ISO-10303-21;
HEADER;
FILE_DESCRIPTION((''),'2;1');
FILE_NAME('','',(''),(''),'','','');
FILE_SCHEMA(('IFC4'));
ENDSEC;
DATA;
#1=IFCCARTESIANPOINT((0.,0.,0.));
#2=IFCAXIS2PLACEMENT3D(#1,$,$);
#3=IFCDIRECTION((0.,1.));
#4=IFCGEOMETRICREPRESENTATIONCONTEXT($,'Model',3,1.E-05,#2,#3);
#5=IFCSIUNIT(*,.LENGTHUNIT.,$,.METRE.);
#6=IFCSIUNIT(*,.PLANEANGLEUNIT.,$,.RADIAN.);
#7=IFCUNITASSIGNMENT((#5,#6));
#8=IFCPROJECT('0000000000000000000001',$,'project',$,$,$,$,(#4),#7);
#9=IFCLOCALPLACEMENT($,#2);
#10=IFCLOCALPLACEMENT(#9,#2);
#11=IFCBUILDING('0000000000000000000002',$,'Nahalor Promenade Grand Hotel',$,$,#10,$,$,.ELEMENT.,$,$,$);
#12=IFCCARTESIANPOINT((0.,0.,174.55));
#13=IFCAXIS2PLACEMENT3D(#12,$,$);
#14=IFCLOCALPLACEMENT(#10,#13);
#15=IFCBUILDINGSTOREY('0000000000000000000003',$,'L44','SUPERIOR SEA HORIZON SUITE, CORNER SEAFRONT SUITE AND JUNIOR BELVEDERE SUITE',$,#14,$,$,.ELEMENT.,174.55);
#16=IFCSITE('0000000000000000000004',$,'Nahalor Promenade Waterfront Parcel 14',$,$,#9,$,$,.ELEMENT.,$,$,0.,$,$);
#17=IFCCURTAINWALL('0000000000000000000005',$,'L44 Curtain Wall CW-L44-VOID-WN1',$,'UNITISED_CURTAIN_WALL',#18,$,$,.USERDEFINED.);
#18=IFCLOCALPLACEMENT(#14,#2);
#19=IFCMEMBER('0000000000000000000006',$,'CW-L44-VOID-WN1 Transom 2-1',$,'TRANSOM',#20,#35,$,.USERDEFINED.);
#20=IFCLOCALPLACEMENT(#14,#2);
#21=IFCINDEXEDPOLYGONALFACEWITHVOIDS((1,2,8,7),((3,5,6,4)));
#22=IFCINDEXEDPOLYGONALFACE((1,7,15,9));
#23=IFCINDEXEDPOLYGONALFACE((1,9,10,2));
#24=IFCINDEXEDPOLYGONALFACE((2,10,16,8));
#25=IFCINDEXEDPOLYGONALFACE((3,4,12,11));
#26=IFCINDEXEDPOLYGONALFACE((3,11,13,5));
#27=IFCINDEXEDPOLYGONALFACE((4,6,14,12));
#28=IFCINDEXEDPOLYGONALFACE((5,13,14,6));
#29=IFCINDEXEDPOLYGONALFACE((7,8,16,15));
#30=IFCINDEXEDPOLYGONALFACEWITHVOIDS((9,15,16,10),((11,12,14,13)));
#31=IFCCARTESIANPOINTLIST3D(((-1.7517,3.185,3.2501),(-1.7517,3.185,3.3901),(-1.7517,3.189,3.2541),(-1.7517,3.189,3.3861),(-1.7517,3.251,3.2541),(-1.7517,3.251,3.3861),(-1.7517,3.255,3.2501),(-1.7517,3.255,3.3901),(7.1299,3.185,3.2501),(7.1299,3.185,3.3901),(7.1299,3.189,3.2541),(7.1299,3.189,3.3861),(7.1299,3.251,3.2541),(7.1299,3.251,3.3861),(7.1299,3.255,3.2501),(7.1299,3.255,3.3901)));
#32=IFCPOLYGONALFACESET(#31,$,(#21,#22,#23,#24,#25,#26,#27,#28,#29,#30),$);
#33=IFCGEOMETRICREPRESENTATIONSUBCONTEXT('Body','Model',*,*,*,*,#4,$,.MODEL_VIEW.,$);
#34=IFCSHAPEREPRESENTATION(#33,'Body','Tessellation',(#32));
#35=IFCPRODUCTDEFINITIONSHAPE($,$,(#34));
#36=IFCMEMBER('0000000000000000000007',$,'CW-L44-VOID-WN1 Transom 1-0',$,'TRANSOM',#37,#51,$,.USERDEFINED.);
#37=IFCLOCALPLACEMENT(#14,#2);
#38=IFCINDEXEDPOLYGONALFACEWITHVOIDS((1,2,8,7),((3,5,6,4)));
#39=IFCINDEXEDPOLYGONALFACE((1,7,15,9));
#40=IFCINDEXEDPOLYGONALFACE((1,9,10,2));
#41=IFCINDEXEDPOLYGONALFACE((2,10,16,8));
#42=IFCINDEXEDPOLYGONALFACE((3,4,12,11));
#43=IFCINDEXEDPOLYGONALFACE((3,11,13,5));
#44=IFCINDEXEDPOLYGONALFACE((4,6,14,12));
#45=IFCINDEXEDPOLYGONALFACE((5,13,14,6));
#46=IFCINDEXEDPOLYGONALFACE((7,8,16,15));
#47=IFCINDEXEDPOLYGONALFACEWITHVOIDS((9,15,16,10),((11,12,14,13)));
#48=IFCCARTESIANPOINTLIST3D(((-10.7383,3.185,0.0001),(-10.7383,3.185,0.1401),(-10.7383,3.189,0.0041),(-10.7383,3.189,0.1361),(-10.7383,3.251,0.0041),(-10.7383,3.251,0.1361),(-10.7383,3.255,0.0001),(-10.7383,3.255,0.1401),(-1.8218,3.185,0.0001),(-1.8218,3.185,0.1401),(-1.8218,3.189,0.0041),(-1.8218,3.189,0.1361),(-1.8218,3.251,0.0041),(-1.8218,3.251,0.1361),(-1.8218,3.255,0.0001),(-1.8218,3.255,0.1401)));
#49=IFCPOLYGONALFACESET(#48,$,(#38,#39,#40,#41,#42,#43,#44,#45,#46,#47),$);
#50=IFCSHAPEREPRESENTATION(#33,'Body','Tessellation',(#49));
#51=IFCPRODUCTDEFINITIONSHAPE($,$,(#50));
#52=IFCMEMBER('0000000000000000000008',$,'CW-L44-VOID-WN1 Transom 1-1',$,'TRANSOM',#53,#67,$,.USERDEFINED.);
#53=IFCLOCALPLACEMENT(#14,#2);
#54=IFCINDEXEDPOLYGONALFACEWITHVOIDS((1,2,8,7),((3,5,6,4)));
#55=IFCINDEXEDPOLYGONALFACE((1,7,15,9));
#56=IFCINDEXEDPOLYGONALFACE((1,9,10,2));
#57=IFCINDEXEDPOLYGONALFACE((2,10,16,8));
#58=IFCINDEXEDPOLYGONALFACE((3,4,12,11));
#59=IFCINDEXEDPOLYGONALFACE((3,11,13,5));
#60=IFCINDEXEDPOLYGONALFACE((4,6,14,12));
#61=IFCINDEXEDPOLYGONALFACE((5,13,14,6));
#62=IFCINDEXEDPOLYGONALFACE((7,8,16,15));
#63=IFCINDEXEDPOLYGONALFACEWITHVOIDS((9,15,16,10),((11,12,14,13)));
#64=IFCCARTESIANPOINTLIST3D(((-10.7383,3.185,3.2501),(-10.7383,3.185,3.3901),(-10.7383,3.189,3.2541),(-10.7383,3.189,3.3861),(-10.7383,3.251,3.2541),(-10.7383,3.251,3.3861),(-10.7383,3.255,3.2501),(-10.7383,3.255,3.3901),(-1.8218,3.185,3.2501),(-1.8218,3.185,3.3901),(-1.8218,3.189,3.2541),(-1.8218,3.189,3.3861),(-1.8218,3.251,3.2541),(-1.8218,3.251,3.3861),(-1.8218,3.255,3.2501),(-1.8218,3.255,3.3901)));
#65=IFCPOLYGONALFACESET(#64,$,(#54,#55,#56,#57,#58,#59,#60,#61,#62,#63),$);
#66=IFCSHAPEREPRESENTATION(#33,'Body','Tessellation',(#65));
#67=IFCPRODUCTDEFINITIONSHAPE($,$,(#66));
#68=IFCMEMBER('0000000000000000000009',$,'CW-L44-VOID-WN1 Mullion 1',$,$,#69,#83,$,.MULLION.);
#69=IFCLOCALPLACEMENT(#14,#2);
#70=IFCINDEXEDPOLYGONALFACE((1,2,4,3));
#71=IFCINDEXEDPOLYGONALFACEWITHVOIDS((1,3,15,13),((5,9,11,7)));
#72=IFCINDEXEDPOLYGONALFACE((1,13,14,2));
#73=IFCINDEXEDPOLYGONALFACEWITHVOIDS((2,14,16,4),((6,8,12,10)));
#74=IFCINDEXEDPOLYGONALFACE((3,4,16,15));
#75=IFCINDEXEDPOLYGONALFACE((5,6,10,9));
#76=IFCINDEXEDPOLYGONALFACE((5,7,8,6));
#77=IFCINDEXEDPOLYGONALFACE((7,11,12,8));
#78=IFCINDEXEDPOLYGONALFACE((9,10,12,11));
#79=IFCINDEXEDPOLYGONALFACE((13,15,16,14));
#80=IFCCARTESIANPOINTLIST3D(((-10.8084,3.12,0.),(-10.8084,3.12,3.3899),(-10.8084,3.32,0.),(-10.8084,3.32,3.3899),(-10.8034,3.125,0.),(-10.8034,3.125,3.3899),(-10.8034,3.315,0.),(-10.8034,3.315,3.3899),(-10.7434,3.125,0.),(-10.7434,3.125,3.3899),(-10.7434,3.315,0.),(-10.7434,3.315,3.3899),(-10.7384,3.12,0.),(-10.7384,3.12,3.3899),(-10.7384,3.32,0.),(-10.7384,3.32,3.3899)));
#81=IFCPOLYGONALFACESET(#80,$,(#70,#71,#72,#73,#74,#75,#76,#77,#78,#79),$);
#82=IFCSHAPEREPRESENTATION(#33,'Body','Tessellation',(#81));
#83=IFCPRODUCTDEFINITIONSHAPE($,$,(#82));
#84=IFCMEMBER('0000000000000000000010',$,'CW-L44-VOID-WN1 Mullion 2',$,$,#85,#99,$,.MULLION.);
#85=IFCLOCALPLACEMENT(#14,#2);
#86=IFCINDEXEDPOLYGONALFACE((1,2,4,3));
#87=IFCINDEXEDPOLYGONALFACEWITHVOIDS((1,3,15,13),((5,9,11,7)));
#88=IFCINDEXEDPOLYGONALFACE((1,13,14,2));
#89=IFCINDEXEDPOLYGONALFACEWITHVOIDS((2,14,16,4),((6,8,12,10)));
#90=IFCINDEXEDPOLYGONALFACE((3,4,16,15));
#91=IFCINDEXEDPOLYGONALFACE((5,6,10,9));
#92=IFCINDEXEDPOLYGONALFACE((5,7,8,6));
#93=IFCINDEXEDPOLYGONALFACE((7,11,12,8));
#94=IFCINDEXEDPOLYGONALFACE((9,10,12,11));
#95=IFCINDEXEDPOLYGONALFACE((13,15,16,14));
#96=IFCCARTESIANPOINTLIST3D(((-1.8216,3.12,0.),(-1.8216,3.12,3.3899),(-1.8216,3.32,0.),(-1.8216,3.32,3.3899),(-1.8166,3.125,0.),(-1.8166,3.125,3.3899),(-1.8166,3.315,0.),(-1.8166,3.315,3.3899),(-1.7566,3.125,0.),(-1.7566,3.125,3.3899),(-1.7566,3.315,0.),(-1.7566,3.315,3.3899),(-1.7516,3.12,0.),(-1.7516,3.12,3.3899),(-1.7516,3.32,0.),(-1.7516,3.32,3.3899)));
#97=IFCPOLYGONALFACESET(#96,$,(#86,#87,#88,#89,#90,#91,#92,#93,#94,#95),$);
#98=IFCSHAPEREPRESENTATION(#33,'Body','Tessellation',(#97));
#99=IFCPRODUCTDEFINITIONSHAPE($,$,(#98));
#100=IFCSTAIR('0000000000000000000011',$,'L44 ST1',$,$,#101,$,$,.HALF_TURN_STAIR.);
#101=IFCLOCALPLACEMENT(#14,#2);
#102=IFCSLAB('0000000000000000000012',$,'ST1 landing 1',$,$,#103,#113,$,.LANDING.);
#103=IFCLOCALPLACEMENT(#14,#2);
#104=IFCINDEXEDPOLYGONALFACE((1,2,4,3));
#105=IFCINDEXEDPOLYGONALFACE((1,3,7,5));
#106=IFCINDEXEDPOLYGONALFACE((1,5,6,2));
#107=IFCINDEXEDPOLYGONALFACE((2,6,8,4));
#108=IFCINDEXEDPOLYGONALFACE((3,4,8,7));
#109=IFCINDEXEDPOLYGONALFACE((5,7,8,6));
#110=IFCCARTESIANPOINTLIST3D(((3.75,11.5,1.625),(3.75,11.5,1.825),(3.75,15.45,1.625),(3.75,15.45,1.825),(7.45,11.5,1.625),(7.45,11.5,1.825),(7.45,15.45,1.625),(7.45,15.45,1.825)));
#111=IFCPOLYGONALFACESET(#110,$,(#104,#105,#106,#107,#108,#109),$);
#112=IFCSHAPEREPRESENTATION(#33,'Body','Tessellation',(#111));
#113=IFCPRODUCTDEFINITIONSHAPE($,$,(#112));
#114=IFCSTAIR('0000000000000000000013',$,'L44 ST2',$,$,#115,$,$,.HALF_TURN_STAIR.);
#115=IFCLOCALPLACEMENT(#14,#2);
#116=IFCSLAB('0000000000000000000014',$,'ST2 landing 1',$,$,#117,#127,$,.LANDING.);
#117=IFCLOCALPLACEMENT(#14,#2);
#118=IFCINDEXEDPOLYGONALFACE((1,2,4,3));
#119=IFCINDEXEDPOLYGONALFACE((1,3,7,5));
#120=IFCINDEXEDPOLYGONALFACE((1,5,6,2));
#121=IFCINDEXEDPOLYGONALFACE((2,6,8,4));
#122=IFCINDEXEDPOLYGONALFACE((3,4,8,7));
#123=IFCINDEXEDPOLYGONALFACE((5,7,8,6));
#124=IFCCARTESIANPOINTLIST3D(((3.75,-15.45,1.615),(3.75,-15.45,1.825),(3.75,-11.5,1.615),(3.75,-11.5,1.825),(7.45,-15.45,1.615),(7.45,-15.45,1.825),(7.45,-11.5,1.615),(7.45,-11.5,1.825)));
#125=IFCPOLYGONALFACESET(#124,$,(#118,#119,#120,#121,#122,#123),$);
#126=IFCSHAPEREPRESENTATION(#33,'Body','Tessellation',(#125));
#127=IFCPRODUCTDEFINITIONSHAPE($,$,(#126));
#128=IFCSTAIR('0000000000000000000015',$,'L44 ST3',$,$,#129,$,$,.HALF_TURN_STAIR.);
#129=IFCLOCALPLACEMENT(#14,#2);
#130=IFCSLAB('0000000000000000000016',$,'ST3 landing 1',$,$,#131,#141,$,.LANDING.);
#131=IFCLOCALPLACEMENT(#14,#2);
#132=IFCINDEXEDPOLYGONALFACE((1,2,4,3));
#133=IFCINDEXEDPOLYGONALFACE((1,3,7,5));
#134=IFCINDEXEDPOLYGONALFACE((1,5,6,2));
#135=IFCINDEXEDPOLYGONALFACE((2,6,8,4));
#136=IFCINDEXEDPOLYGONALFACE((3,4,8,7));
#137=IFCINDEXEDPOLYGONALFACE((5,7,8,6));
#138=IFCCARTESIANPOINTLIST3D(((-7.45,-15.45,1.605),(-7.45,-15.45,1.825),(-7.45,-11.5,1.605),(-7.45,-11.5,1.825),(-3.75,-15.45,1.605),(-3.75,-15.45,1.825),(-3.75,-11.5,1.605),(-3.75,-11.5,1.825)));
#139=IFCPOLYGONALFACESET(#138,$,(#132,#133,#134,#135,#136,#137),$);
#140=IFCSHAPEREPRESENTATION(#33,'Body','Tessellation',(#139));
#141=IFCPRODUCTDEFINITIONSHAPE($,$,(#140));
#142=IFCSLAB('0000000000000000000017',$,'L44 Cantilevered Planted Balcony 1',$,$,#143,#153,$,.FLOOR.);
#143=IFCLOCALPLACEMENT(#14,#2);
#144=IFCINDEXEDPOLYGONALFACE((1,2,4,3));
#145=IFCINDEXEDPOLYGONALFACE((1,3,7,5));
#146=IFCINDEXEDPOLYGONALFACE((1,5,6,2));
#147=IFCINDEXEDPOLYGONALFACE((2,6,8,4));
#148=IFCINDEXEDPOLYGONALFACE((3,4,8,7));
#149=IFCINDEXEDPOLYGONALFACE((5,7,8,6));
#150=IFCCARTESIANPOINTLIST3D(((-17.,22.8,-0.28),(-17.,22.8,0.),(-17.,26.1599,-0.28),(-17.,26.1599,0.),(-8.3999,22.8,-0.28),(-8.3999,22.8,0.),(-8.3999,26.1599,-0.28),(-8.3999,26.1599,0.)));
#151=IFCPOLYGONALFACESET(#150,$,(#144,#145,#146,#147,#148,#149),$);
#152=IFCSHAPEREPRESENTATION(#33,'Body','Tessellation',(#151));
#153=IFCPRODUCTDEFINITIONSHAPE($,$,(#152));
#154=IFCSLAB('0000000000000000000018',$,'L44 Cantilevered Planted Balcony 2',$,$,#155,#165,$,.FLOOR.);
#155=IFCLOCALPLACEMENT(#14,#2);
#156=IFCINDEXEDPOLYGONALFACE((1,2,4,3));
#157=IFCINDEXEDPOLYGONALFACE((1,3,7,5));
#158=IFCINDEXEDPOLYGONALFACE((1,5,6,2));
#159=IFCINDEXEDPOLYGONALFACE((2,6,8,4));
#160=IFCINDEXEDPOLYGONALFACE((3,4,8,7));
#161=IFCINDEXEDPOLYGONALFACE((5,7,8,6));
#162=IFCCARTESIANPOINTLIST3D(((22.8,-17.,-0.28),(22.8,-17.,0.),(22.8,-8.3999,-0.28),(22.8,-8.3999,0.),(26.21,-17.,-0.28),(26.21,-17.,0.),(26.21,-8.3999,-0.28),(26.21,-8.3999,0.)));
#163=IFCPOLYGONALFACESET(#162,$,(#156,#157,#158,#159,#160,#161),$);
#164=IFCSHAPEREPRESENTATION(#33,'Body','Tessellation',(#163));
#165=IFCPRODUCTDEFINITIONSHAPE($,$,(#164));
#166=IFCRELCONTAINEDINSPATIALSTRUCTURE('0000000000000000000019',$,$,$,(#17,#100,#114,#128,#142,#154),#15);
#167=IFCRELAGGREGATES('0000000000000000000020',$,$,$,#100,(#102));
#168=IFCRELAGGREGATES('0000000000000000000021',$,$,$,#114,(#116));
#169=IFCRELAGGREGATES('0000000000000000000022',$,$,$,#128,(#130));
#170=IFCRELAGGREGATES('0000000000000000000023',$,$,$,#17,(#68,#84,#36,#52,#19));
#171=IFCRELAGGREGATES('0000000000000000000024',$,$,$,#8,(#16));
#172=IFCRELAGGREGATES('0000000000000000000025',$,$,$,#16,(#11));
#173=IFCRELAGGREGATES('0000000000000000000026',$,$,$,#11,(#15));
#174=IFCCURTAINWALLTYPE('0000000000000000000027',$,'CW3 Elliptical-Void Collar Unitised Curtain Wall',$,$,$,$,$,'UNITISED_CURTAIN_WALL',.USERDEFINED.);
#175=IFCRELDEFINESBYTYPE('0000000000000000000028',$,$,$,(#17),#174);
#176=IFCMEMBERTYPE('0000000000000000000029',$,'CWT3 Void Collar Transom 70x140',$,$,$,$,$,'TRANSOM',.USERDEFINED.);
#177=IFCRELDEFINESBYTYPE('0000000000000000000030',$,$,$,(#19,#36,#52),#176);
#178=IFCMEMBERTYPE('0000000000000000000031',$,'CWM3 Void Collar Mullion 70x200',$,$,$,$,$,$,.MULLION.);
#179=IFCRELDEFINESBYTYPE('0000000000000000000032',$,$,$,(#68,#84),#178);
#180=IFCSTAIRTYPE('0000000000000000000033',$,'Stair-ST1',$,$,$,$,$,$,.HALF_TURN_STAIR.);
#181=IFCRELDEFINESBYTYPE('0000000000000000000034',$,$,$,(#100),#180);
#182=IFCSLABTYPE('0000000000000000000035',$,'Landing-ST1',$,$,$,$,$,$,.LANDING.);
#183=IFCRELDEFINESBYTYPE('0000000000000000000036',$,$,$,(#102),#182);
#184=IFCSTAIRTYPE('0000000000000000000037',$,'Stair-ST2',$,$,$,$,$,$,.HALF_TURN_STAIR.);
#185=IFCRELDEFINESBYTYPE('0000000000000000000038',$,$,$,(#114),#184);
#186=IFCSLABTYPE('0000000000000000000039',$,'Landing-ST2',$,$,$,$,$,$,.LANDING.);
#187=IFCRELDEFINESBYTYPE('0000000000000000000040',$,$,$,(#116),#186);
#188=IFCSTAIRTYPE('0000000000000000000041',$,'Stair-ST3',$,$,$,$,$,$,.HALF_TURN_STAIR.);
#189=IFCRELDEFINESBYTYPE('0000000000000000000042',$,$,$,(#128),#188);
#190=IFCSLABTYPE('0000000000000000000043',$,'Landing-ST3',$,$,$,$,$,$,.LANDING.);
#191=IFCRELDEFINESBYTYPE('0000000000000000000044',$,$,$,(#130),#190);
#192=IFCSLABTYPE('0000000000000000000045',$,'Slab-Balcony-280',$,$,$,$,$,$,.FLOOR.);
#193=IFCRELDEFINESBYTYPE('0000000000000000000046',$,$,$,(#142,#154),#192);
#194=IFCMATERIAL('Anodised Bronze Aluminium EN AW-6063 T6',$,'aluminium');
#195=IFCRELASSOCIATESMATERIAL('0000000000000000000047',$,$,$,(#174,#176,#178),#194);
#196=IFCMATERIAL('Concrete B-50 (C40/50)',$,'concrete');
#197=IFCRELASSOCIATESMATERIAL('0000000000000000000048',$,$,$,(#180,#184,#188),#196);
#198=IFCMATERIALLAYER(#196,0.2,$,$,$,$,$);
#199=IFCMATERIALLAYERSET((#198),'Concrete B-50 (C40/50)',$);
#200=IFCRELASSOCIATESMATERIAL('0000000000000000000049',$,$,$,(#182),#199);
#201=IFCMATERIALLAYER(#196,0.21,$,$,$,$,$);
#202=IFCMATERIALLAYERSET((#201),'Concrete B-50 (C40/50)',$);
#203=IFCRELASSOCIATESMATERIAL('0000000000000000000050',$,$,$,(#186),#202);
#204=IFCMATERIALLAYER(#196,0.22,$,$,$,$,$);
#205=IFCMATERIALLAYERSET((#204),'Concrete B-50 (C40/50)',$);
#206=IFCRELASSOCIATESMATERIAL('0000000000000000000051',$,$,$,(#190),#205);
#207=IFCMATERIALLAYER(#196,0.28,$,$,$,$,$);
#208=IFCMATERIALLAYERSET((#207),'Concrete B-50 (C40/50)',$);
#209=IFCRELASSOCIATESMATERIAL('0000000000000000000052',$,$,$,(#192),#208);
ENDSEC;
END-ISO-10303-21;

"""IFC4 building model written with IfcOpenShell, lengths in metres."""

from ifc_helpers import new_model, si_unit, direction, frame, origin, origin_2d, place, context, subcontext, project, spatial, polyline, hollow_rectangle, outline, extrude, source, transform, mapped, material, layer, layer_set, material_profile, profile_set, type_object, element, aggregate, save


model = new_model("IFC4")

# Units and contexts
model_context = context("Model", 3, precision=1e-05, world=origin(), true_north=direction((0.0, 1.0)))
body_context = subcontext(model_context, "Body", "Model", "MODEL_VIEW")
ifc_project = project(units=[si_unit("LENGTHUNIT", "METRE"), si_unit("PLANEANGLEUNIT", "RADIAN")], contexts=[model_context])

# Site, building, storey
site_placement = place(None, origin())
site = spatial("IfcSite", under=ifc_project, at=site_placement, Name="Nahalor Promenade Waterfront Parcel 14", CompositionType="ELEMENT", RefElevation=0.0)
building_placement = place(site_placement, origin())
building = spatial("IfcBuilding", under=site, at=building_placement, Name="Nahalor Promenade Grand Hotel", CompositionType="ELEMENT")
storey_placement = place(building_placement, frame((0.0, 0.0, 174.55)))
storey = spatial("IfcBuildingStorey", under=building, at=storey_placement, Name="L44", Description="SUPERIOR SEA HORIZON SUITE, CORNER SEAFRONT SUITE AND JUNIOR BELVEDERE SUITE", CompositionType="ELEMENT", Elevation=174.55)

# Curtain wall, members
ifc_material_1 = material(Name="Anodised Bronze Aluminium EN AW-6063 T6", Category="aluminium")
curtain_wall_type = type_object("IfcCurtainWallType", Name="CW3 Elliptical-Void Collar Unitised Curtain Wall", ElementType="UNITISED_CURTAIN_WALL", PredefinedType="USERDEFINED", material=ifc_material_1)
curtain_wall_placement = place(storey_placement, origin())
curtain_wall = element("IfcCurtainWall", 1, at=curtain_wall_placement, inside=storey, type_object=curtain_wall_type, Name="L44 Curtain Wall CW-L44-VOID-WN1", ObjectType="UNITISED_CURTAIN_WALL", PredefinedType="USERDEFINED")
ifc_material_profile_1 = material_profile(ifc_material_1, hollow_rectangle(XDim=0.07, YDim=0.14, WallThickness=0.004, at=origin_2d()), Name="CWT 70x140x4")
ifc_profile_set_1 = profile_set([ifc_material_profile_1], Name="Anodised Bronze Aluminium EN AW-6063 T6")
member_type_1 = type_object("IfcMemberType", Name="CWT3 Void Collar Transom 70x140", ElementType="TRANSOM", PredefinedType="USERDEFINED", material=ifc_profile_set_1)
shared_shape_1 = source(origin(), body_context, "Body", "SweptSolid", [
    extrude(hollow_rectangle(XDim=0.07, YDim=0.14, WallThickness=0.004, at=origin_2d()), origin(), (0.0, 0.0, 1.0), 8.8816),
])
member_1_placement = place(storey_placement, frame((-1.7517, 3.22, 3.3201), z_axis=(1.0, 0.0, 0.0), x_axis=(0.0, 1.0, 0.0)))
member_1 = element("IfcMember", 2, at=member_1_placement, type_object=member_type_1, Name="CW-L44-VOID-WN1 Transom 2-1", ObjectType="TRANSOM", PredefinedType="USERDEFINED", context=body_context, shape_type="MappedRepresentation", body=[
    mapped(shared_shape_1, transform((0.0, 0.0, 0.0), scale=1.0)),
])
shared_shape_2 = source(origin(), body_context, "Body", "SweptSolid", [
    extrude(hollow_rectangle(XDim=0.07, YDim=0.14, WallThickness=0.004, at=origin_2d()), origin(), (0.0, 0.0, 1.0), 8.9165),
])
member_2_placement = place(storey_placement, frame((-10.7383, 3.22, 0.0701), z_axis=(1.0, 0.0, 0.0), x_axis=(0.0, 1.0, 0.0)))
member_2 = element("IfcMember", 3, at=member_2_placement, type_object=member_type_1, Name="CW-L44-VOID-WN1 Transom 1-0", ObjectType="TRANSOM", PredefinedType="USERDEFINED", context=body_context, shape_type="MappedRepresentation", body=[
    mapped(shared_shape_2, transform((0.0, 0.0, 0.0), scale=1.0)),
])
member_3_placement = place(storey_placement, frame((-10.7383, 3.22, 3.3201), z_axis=(1.0, 0.0, 0.0), x_axis=(0.0, 1.0, 0.0)))
member_3 = element("IfcMember", 4, at=member_3_placement, type_object=member_type_1, Name="CW-L44-VOID-WN1 Transom 1-1", ObjectType="TRANSOM", PredefinedType="USERDEFINED", context=body_context, shape_type="MappedRepresentation", body=[
    mapped(shared_shape_2, transform((0.0, 0.0, 0.0), scale=1.0)),
])
ifc_material_profile_2 = material_profile(ifc_material_1, hollow_rectangle(XDim=0.07, YDim=0.2, WallThickness=0.005, at=origin_2d()), Name="CWM 70x200x5")
ifc_profile_set_2 = profile_set([ifc_material_profile_2], Name="Anodised Bronze Aluminium EN AW-6063 T6")
member_type_2 = type_object("IfcMemberType", Name="CWM3 Void Collar Mullion 70x200", PredefinedType="MULLION", material=ifc_profile_set_2)
shared_shape_3 = source(origin(), body_context, "Body", "SweptSolid", [
    extrude(hollow_rectangle(XDim=0.07, YDim=0.2, WallThickness=0.005, at=origin_2d()), origin(), (0.0, 0.0, 1.0), 3.3899),
])
member_4_placement = place(storey_placement, frame((-10.7734, 3.22, 0.0), z_axis=(0.0, 0.0, 1.0), x_axis=(1.0, 0.0, 0.0)))
member_4 = element("IfcMember", 5, at=member_4_placement, type_object=member_type_2, Name="CW-L44-VOID-WN1 Mullion 1", PredefinedType="MULLION", context=body_context, shape_type="MappedRepresentation", body=[
    mapped(shared_shape_3, transform((0.0, 0.0, 0.0), scale=1.0)),
])
member_5_placement = place(storey_placement, frame((-1.7866, 3.22, 0.0), z_axis=(0.0, 0.0, 1.0), x_axis=(1.0, 0.0, 0.0)))
member_5 = element("IfcMember", 6, at=member_5_placement, type_object=member_type_2, Name="CW-L44-VOID-WN1 Mullion 2", PredefinedType="MULLION", context=body_context, shape_type="MappedRepresentation", body=[
    mapped(shared_shape_3, transform((0.0, 0.0, 0.0), scale=1.0)),
])

# Stairs, slabs
ifc_material_2 = material(Name="Concrete B-50 (C40/50)", Category="concrete")
stair_type_1 = type_object("IfcStairType", Name="Stair-ST1", PredefinedType="HALF_TURN_STAIR", material=ifc_material_2)
stair_1_placement = place(storey_placement, origin())
stair_1 = element("IfcStair", 7, at=stair_1_placement, inside=storey, type_object=stair_type_1, Name="L44 ST1", PredefinedType="HALF_TURN_STAIR")
ifc_layer_1 = layer(ifc_material_2, 0.2)
ifc_layer_set_1 = layer_set([ifc_layer_1], Name="Concrete B-50 (C40/50)")
slab_type_1 = type_object("IfcSlabType", Name="Landing-ST1", PredefinedType="LANDING", material=ifc_layer_set_1)
slab_1_placement = place(storey_placement, frame((0.0, 0.0, 1.625)))
slab_1 = element("IfcSlab", 8, at=slab_1_placement, type_object=slab_type_1, Name="ST1 landing 1", PredefinedType="LANDING", context=body_context, shape_type="SweptSolid", body=[
    extrude(outline(polyline([(7.45, 11.5), (7.45, 15.45), (3.75, 15.45), (3.75, 11.5), (7.45, 11.5)])), origin(), (0.0, 0.0, 1.0), 0.2),
])
aggregate(stair_1, [slab_1])
stair_type_2 = type_object("IfcStairType", Name="Stair-ST2", PredefinedType="HALF_TURN_STAIR", material=ifc_material_2)
stair_2_placement = place(storey_placement, origin())
stair_2 = element("IfcStair", 9, at=stair_2_placement, inside=storey, type_object=stair_type_2, Name="L44 ST2", PredefinedType="HALF_TURN_STAIR")
ifc_layer_2 = layer(ifc_material_2, 0.21)
ifc_layer_set_2 = layer_set([ifc_layer_2], Name="Concrete B-50 (C40/50)")
slab_type_2 = type_object("IfcSlabType", Name="Landing-ST2", PredefinedType="LANDING", material=ifc_layer_set_2)
slab_2_placement = place(storey_placement, frame((0.0, 0.0, 1.615)))
slab_2 = element("IfcSlab", 10, at=slab_2_placement, type_object=slab_type_2, Name="ST2 landing 1", PredefinedType="LANDING", context=body_context, shape_type="SweptSolid", body=[
    extrude(outline(polyline([(3.75, -11.5), (3.75, -15.45), (7.45, -15.45), (7.45, -11.5), (3.75, -11.5)])), origin(), (0.0, 0.0, 1.0), 0.21),
])
aggregate(stair_2, [slab_2])
stair_type_3 = type_object("IfcStairType", Name="Stair-ST3", PredefinedType="HALF_TURN_STAIR", material=ifc_material_2)
stair_3_placement = place(storey_placement, origin())
stair_3 = element("IfcStair", 11, at=stair_3_placement, inside=storey, type_object=stair_type_3, Name="L44 ST3", PredefinedType="HALF_TURN_STAIR")
ifc_layer_3 = layer(ifc_material_2, 0.22)
ifc_layer_set_3 = layer_set([ifc_layer_3], Name="Concrete B-50 (C40/50)")
slab_type_3 = type_object("IfcSlabType", Name="Landing-ST3", PredefinedType="LANDING", material=ifc_layer_set_3)
slab_3_placement = place(storey_placement, frame((0.0, 0.0, 1.605)))
slab_3 = element("IfcSlab", 12, at=slab_3_placement, type_object=slab_type_3, Name="ST3 landing 1", PredefinedType="LANDING", context=body_context, shape_type="SweptSolid", body=[
    extrude(outline(polyline([(-7.45, -11.5), (-7.45, -15.45), (-3.75, -15.45), (-3.75, -11.5), (-7.45, -11.5)])), origin(), (0.0, 0.0, 1.0), 0.22),
])
aggregate(stair_3, [slab_3])

# Slabs
ifc_layer_4 = layer(ifc_material_2, 0.28)
ifc_layer_set_4 = layer_set([ifc_layer_4], Name="Concrete B-50 (C40/50)")
slab_type_4 = type_object("IfcSlabType", Name="Slab-Balcony-280", PredefinedType="FLOOR", material=ifc_layer_set_4)
slab_4_placement = place(storey_placement, frame((0.0, 0.0, -0.28)))
element("IfcSlab", 13, at=slab_4_placement, inside=storey, type_object=slab_type_4, Name="L44 Cantilevered Planted Balcony 1", PredefinedType="FLOOR", context=body_context, shape_type="SweptSolid", body=[
    extrude(outline(polyline([(-17.0, 22.8), (-8.3999, 22.8), (-8.3999, 26.1599), (-17.0, 26.1599), (-17.0, 22.8)])), origin(), (0.0, 0.0, 1.0), 0.28),
])
slab_5_placement = place(storey_placement, frame((0.0, 0.0, -0.28)))
element("IfcSlab", 14, at=slab_5_placement, inside=storey, type_object=slab_type_4, Name="L44 Cantilevered Planted Balcony 2", PredefinedType="FLOOR", context=body_context, shape_type="SweptSolid", body=[
    extrude(outline(polyline([(22.8, -17.0), (26.21, -17.0), (26.21, -8.3999), (22.8, -8.3999), (22.8, -17.0)])), origin(), (0.0, 0.0, 1.0), 0.28),
])

aggregate(curtain_wall, [member_4, member_5, member_2, member_3, member_1])

save(model, "model.ifc")
